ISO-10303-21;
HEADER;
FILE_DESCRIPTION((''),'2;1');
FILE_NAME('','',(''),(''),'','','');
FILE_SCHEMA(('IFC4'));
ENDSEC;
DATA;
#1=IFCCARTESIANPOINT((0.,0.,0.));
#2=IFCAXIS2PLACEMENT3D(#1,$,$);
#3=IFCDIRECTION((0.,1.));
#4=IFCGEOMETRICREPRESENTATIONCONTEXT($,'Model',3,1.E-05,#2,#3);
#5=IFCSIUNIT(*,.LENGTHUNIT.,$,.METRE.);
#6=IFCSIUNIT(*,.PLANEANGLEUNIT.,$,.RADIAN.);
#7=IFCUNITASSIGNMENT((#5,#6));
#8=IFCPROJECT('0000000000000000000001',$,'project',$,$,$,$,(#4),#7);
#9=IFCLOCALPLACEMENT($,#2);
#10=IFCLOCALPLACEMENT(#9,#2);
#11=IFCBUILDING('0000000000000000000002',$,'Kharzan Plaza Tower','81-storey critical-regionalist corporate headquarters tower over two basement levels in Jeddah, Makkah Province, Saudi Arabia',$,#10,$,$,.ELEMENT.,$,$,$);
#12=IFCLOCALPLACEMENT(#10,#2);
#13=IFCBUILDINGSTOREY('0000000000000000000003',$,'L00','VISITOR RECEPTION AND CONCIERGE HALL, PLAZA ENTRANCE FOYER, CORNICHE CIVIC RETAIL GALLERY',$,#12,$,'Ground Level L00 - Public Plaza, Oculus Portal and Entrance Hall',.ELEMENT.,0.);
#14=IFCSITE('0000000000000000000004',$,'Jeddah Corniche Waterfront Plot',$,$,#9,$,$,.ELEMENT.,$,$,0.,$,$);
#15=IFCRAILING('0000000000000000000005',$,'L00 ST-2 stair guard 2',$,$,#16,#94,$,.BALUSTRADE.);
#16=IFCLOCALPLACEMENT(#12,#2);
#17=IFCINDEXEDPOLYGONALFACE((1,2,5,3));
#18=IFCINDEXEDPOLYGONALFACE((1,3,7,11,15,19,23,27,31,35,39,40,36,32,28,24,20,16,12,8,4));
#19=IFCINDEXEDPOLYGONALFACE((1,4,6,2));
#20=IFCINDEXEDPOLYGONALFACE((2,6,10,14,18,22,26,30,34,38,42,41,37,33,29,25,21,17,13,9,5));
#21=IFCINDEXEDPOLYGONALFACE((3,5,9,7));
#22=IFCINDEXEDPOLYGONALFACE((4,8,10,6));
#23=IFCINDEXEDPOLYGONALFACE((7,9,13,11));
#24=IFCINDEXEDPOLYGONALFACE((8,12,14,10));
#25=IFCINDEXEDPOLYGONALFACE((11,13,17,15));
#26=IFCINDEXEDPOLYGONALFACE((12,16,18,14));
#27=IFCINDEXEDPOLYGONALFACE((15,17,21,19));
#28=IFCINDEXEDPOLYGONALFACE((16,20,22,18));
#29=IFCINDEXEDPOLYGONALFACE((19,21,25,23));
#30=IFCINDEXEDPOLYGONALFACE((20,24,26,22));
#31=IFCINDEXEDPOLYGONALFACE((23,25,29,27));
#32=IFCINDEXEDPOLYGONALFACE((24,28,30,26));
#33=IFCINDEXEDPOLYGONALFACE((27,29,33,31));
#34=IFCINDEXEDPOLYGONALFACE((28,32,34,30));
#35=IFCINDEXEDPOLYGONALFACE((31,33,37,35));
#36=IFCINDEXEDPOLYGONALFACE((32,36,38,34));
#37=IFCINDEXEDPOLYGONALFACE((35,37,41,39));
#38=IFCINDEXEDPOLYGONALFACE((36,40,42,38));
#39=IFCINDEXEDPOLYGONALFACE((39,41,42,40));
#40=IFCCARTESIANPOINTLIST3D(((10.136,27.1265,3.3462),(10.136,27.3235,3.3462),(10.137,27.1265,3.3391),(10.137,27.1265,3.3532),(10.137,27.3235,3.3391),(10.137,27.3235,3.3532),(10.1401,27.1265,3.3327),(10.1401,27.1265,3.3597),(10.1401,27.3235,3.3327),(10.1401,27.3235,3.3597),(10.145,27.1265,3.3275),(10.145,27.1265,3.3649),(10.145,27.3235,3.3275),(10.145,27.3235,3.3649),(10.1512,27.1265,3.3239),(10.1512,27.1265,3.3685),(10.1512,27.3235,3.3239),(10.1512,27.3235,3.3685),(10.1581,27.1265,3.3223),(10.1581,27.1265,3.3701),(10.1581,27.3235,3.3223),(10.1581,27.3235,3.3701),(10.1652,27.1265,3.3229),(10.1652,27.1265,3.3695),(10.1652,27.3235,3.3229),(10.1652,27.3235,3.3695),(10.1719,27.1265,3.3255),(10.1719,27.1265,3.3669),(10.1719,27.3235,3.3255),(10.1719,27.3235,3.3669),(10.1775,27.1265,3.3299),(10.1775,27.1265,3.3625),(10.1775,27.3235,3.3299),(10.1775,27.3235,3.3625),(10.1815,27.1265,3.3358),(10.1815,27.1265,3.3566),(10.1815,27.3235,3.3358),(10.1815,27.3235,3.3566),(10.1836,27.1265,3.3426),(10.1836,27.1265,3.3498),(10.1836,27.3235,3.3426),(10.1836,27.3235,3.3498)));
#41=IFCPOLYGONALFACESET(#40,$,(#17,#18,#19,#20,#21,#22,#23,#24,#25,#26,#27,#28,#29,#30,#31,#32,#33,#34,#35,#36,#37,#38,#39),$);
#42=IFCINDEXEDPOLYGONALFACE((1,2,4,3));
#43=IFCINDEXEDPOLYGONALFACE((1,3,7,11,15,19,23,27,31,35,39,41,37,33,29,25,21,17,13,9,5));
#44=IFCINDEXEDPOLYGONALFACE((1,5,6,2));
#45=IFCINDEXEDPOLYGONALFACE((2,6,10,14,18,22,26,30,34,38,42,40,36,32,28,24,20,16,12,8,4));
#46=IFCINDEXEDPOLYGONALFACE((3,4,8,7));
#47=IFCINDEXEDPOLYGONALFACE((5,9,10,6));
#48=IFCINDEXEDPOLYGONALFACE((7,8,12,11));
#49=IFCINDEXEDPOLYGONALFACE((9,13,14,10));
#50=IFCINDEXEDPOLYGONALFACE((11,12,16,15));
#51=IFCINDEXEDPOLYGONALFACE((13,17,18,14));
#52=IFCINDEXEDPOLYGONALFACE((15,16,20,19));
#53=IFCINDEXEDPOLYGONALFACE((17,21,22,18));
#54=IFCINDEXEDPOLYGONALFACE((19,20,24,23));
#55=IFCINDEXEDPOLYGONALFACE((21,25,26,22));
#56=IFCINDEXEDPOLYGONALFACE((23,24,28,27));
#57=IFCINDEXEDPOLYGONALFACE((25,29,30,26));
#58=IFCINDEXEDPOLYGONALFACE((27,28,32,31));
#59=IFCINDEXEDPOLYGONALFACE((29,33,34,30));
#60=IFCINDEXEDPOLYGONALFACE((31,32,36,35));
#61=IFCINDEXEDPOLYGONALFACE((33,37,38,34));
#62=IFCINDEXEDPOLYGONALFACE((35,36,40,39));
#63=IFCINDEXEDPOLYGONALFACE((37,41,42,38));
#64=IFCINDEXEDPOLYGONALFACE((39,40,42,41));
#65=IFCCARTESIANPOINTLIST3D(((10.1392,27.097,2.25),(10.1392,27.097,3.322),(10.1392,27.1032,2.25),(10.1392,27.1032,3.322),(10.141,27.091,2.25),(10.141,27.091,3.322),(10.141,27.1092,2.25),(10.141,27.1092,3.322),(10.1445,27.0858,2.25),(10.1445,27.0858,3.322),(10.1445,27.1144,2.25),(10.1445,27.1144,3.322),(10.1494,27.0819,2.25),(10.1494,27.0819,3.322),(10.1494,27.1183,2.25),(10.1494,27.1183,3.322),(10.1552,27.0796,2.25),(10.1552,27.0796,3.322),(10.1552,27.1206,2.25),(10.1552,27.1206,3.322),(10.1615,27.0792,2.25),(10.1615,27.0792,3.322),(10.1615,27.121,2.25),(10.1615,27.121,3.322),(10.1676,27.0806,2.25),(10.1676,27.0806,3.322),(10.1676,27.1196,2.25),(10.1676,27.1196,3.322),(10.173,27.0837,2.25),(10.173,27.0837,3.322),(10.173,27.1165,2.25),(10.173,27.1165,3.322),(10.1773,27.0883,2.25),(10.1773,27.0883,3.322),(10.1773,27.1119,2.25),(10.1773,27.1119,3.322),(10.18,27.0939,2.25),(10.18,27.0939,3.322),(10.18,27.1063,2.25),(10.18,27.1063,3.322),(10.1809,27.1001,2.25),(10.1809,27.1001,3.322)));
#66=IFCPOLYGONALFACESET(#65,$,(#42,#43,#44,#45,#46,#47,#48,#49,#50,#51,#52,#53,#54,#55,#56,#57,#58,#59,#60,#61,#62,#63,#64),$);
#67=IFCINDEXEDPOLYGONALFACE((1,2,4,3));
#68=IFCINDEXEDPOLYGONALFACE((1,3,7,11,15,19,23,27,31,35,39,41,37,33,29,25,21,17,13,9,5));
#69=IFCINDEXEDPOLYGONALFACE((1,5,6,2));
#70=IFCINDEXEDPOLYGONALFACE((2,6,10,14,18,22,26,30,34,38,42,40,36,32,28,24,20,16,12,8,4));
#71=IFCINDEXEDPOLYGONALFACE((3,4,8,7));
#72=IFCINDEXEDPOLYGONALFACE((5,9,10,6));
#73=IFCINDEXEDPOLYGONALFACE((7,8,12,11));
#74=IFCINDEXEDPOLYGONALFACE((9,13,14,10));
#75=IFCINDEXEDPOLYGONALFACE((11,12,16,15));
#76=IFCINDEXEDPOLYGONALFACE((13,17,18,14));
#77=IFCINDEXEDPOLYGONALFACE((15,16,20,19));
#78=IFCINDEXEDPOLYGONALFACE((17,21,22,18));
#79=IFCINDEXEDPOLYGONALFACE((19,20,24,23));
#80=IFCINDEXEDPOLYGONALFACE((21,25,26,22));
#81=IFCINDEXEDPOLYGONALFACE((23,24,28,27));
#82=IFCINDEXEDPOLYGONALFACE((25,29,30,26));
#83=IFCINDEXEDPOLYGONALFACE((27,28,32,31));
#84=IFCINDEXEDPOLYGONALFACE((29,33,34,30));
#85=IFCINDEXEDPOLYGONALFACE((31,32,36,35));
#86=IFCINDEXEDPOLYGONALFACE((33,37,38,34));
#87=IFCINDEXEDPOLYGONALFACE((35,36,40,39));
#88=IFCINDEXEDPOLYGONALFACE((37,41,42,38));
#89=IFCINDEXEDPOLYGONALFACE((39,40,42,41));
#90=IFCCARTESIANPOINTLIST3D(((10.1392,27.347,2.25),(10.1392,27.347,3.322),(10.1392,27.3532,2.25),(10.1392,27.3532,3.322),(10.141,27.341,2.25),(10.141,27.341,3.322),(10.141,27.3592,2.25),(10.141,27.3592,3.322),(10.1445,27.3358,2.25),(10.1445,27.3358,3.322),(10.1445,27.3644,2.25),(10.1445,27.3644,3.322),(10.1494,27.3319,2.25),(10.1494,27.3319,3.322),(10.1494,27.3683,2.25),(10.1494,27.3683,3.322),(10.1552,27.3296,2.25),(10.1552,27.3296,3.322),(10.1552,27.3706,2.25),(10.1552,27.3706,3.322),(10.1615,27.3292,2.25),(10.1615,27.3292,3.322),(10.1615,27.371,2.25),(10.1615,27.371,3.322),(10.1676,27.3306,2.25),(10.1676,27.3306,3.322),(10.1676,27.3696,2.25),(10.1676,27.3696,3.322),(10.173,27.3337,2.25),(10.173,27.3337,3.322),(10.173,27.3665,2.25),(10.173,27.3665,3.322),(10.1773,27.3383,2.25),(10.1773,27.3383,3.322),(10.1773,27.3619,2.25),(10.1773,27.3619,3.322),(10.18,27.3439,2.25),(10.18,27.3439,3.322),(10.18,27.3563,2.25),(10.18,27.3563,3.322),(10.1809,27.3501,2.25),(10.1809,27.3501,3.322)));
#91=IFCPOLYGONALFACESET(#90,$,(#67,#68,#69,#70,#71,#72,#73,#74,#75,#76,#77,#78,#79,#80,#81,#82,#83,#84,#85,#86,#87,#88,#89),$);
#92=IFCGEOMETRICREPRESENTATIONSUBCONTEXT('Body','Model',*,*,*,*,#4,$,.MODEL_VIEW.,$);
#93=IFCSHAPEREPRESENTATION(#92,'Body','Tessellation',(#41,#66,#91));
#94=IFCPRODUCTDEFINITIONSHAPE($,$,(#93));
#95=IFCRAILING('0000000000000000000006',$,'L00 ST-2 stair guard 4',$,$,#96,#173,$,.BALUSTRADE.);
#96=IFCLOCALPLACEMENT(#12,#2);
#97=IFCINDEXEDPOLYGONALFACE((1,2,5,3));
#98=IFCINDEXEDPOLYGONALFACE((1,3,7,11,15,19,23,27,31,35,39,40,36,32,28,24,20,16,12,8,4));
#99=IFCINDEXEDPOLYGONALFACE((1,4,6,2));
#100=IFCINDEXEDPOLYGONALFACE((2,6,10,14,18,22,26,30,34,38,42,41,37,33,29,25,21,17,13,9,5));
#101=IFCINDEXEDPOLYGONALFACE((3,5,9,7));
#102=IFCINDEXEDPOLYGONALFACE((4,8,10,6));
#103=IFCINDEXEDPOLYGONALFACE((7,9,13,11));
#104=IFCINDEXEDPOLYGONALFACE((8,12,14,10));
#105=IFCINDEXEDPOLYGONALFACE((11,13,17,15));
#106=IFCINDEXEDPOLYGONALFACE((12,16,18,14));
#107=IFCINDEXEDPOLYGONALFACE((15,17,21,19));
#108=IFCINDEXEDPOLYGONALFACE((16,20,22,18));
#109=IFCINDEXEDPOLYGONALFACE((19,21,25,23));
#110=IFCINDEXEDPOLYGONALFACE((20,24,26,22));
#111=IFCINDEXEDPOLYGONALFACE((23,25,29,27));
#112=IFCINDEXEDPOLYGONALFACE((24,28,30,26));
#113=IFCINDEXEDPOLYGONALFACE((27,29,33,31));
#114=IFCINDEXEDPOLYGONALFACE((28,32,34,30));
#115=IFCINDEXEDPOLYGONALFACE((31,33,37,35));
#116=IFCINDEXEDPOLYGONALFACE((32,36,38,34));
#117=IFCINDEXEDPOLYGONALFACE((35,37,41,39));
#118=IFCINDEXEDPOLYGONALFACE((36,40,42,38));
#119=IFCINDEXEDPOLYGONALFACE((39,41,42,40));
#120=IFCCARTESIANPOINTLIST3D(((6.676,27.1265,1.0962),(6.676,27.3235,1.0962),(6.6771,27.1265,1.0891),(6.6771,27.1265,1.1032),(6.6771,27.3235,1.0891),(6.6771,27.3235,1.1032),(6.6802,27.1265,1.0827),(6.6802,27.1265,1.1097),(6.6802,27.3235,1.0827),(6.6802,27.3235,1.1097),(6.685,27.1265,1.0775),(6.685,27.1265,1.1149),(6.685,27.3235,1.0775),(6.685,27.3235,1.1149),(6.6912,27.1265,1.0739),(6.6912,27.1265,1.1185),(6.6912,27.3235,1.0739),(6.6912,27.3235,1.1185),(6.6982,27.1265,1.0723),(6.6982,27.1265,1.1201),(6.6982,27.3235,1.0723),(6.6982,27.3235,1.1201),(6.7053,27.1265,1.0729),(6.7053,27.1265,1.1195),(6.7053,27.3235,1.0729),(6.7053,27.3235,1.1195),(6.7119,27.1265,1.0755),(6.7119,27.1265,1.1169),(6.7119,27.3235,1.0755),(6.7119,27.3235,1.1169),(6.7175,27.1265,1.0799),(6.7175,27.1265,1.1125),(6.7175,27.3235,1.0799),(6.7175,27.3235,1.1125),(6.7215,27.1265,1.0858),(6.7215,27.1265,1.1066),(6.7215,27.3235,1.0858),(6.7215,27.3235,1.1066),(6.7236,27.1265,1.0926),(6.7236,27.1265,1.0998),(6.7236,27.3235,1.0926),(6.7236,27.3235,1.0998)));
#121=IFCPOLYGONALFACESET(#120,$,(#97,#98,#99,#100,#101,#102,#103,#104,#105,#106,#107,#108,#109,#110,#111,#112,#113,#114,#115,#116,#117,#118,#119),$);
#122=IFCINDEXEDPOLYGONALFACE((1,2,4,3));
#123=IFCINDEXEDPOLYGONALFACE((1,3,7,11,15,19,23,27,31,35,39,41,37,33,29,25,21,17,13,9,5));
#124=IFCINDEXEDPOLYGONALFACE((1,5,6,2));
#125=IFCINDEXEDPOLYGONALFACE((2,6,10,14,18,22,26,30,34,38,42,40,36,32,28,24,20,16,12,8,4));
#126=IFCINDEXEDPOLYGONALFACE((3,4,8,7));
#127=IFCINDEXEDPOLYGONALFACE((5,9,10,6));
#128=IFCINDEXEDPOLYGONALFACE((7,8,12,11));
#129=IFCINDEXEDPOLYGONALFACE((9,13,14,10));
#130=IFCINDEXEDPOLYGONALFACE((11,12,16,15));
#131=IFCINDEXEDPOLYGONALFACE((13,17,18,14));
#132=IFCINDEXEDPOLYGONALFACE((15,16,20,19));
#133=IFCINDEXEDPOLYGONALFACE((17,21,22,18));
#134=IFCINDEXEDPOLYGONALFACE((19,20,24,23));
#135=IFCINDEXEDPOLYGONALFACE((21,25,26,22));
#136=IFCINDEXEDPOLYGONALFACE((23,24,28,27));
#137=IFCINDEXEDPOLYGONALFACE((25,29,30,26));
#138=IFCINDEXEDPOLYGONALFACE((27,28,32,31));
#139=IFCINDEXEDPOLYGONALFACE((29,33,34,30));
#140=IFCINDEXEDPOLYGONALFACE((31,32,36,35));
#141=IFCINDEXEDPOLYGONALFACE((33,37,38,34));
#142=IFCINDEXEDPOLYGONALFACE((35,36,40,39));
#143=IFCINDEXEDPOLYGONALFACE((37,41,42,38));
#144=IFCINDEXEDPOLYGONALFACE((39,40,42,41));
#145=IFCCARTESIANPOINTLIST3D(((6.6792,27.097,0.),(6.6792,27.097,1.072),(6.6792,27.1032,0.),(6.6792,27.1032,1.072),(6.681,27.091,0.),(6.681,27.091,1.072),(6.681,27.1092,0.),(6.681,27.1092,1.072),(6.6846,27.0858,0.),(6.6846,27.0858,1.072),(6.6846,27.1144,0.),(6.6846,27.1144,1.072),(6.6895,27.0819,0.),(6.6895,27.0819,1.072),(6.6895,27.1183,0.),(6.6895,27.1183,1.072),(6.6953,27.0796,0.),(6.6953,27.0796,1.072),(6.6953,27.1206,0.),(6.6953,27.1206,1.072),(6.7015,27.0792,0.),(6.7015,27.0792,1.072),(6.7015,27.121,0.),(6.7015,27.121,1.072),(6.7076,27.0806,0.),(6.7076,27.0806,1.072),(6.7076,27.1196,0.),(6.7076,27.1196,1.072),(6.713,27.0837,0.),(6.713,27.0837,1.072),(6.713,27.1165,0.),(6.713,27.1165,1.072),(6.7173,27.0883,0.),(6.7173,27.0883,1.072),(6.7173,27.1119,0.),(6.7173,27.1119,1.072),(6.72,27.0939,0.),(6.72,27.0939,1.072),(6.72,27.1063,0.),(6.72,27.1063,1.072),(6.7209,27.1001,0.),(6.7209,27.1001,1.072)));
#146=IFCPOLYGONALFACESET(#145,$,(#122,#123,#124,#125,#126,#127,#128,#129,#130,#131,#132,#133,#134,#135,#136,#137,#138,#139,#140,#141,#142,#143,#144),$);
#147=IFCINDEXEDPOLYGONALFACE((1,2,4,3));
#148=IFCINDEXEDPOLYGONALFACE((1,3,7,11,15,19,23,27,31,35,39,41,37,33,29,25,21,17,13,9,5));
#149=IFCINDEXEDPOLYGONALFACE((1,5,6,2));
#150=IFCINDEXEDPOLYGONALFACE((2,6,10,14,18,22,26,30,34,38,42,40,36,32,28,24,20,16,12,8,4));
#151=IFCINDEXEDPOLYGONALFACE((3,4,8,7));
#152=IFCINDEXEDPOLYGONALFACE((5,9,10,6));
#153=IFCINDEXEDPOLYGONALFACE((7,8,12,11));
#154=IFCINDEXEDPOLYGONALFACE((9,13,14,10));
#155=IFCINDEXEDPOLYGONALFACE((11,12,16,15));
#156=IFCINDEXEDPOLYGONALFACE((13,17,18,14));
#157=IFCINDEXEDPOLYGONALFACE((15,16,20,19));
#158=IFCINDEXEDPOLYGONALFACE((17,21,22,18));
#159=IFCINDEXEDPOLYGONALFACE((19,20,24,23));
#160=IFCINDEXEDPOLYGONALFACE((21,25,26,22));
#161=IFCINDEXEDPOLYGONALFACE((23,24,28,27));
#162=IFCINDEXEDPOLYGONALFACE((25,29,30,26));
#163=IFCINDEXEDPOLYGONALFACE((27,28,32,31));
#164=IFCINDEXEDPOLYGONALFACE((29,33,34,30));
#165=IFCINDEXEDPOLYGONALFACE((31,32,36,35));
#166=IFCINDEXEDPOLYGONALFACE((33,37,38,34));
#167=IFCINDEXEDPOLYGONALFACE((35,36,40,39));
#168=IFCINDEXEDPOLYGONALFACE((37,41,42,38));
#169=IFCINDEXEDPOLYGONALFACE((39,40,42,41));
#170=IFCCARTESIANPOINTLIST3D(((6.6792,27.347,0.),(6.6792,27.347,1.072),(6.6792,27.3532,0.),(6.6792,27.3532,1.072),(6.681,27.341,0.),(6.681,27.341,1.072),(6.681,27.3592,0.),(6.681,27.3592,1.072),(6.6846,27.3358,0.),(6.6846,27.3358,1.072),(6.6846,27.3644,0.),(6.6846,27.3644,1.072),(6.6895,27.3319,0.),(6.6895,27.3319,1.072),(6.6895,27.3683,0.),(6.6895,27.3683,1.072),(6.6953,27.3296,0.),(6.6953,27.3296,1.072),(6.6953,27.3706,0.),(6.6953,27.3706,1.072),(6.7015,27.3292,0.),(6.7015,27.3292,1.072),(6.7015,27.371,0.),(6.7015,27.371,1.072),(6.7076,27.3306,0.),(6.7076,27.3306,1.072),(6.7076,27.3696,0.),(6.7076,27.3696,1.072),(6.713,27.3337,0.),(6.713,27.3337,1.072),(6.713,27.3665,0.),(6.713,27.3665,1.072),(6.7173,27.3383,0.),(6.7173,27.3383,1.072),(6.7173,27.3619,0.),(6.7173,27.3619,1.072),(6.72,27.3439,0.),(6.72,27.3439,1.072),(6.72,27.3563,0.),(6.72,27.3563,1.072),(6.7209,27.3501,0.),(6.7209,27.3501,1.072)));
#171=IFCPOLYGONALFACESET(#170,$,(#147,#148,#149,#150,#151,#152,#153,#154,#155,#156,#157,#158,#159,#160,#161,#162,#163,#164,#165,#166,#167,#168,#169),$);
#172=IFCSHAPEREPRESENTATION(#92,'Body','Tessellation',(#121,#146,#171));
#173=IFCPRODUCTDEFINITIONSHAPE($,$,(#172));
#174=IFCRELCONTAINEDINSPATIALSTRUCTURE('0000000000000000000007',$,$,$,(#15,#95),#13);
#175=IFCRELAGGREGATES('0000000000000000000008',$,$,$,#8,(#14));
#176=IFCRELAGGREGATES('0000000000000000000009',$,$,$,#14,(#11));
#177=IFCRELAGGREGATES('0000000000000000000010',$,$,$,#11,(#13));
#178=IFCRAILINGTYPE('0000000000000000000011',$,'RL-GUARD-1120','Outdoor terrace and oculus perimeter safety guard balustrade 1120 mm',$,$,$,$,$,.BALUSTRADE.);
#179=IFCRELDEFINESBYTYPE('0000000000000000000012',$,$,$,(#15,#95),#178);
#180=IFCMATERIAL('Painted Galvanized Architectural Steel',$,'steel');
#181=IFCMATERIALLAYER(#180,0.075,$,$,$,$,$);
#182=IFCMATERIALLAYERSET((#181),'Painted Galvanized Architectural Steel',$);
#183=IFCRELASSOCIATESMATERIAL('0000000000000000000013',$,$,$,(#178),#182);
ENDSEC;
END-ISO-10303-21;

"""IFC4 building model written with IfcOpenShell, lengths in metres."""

from ifc_helpers import new_model, si_unit, direction, frame, origin, origin_2d, place, context, subcontext, project, spatial, circle, extrude, source, transform, mapped, material, layer, layer_set, type_object, element, save


model = new_model("IFC4")

# Units and contexts
model_context = context("Model", 3, precision=1e-05, world=origin(), true_north=direction((0.0, 1.0)))
body_context = subcontext(model_context, "Body", "Model", "MODEL_VIEW")
ifc_project = project(units=[si_unit("LENGTHUNIT", "METRE"), si_unit("PLANEANGLEUNIT", "RADIAN")], contexts=[model_context])

# Site, building, storey
site_placement = place(None, origin())
site = spatial("IfcSite", under=ifc_project, at=site_placement, Name="Jeddah Corniche Waterfront Plot", CompositionType="ELEMENT", RefElevation=0.0)
building_placement = place(site_placement, origin())
building = spatial("IfcBuilding", under=site, at=building_placement, Name="Kharzan Plaza Tower", Description="81-storey critical-regionalist corporate headquarters tower over two basement levels in Jeddah, Makkah Province, Saudi Arabia", CompositionType="ELEMENT")
storey_placement = place(building_placement, origin())
storey = spatial("IfcBuildingStorey", under=building, at=storey_placement, Name="L00", Description="VISITOR RECEPTION AND CONCIERGE HALL, PLAZA ENTRANCE FOYER, CORNICHE CIVIC RETAIL GALLERY", LongName="Ground Level L00 - Public Plaza, Oculus Portal and Entrance Hall", CompositionType="ELEMENT", Elevation=0.0)

# Railings
ifc_material_1 = material(Name="Painted Galvanized Architectural Steel", Category="steel")
ifc_layer_1 = layer(ifc_material_1, 0.075)
ifc_layer_set_1 = layer_set([ifc_layer_1], Name="Painted Galvanized Architectural Steel")
railing_type_1 = type_object("IfcRailingType", Name="RL-GUARD-1120", Description="Outdoor terrace and oculus perimeter safety guard balustrade 1120 mm", PredefinedType="BALUSTRADE", material=ifc_layer_set_1)
shared_shape_1 = source(origin(), body_context, "Body", "SweptSolid", [
    extrude(circle(Radius=0.0239, at=origin_2d()), frame((0.0, 0.0264, 1.0962), z_axis=(0.0, 1.0, 0.0), x_axis=(-1.0, 0.0, 0.0)), (0.0, 0.0, 1.0), 0.197),
    extrude(circle(Radius=0.021, at=origin_2d()), origin(), (0.0, 0.0, 1.0), 1.072),
    extrude(circle(Radius=0.021, at=origin_2d()), frame((0.0, 0.25, 0.0)), (0.0, 0.0, 1.0), 1.072),
])
for number, where, name in (
    (1, (10.1599, 27.1001, 2.25), "L00 ST-2 stair guard 2"),
    (2, (6.7, 27.1001, 0.0), "L00 ST-2 stair guard 4"),
):
    element("IfcRailing", number, at=place(storey_placement, frame(where)), inside=storey, type_object=railing_type_1, Name=name, PredefinedType="BALUSTRADE", context=body_context, shape_type="MappedRepresentation", body=[
        mapped(shared_shape_1, transform((0.0, 0.0, 0.0), x_axis=(1.0, 0.0, 0.0), y_axis=(0.0, 1.0, 0.0), z_axis=(0.0, 0.0, 1.0))),
    ])

save(model, "model.ifc")
